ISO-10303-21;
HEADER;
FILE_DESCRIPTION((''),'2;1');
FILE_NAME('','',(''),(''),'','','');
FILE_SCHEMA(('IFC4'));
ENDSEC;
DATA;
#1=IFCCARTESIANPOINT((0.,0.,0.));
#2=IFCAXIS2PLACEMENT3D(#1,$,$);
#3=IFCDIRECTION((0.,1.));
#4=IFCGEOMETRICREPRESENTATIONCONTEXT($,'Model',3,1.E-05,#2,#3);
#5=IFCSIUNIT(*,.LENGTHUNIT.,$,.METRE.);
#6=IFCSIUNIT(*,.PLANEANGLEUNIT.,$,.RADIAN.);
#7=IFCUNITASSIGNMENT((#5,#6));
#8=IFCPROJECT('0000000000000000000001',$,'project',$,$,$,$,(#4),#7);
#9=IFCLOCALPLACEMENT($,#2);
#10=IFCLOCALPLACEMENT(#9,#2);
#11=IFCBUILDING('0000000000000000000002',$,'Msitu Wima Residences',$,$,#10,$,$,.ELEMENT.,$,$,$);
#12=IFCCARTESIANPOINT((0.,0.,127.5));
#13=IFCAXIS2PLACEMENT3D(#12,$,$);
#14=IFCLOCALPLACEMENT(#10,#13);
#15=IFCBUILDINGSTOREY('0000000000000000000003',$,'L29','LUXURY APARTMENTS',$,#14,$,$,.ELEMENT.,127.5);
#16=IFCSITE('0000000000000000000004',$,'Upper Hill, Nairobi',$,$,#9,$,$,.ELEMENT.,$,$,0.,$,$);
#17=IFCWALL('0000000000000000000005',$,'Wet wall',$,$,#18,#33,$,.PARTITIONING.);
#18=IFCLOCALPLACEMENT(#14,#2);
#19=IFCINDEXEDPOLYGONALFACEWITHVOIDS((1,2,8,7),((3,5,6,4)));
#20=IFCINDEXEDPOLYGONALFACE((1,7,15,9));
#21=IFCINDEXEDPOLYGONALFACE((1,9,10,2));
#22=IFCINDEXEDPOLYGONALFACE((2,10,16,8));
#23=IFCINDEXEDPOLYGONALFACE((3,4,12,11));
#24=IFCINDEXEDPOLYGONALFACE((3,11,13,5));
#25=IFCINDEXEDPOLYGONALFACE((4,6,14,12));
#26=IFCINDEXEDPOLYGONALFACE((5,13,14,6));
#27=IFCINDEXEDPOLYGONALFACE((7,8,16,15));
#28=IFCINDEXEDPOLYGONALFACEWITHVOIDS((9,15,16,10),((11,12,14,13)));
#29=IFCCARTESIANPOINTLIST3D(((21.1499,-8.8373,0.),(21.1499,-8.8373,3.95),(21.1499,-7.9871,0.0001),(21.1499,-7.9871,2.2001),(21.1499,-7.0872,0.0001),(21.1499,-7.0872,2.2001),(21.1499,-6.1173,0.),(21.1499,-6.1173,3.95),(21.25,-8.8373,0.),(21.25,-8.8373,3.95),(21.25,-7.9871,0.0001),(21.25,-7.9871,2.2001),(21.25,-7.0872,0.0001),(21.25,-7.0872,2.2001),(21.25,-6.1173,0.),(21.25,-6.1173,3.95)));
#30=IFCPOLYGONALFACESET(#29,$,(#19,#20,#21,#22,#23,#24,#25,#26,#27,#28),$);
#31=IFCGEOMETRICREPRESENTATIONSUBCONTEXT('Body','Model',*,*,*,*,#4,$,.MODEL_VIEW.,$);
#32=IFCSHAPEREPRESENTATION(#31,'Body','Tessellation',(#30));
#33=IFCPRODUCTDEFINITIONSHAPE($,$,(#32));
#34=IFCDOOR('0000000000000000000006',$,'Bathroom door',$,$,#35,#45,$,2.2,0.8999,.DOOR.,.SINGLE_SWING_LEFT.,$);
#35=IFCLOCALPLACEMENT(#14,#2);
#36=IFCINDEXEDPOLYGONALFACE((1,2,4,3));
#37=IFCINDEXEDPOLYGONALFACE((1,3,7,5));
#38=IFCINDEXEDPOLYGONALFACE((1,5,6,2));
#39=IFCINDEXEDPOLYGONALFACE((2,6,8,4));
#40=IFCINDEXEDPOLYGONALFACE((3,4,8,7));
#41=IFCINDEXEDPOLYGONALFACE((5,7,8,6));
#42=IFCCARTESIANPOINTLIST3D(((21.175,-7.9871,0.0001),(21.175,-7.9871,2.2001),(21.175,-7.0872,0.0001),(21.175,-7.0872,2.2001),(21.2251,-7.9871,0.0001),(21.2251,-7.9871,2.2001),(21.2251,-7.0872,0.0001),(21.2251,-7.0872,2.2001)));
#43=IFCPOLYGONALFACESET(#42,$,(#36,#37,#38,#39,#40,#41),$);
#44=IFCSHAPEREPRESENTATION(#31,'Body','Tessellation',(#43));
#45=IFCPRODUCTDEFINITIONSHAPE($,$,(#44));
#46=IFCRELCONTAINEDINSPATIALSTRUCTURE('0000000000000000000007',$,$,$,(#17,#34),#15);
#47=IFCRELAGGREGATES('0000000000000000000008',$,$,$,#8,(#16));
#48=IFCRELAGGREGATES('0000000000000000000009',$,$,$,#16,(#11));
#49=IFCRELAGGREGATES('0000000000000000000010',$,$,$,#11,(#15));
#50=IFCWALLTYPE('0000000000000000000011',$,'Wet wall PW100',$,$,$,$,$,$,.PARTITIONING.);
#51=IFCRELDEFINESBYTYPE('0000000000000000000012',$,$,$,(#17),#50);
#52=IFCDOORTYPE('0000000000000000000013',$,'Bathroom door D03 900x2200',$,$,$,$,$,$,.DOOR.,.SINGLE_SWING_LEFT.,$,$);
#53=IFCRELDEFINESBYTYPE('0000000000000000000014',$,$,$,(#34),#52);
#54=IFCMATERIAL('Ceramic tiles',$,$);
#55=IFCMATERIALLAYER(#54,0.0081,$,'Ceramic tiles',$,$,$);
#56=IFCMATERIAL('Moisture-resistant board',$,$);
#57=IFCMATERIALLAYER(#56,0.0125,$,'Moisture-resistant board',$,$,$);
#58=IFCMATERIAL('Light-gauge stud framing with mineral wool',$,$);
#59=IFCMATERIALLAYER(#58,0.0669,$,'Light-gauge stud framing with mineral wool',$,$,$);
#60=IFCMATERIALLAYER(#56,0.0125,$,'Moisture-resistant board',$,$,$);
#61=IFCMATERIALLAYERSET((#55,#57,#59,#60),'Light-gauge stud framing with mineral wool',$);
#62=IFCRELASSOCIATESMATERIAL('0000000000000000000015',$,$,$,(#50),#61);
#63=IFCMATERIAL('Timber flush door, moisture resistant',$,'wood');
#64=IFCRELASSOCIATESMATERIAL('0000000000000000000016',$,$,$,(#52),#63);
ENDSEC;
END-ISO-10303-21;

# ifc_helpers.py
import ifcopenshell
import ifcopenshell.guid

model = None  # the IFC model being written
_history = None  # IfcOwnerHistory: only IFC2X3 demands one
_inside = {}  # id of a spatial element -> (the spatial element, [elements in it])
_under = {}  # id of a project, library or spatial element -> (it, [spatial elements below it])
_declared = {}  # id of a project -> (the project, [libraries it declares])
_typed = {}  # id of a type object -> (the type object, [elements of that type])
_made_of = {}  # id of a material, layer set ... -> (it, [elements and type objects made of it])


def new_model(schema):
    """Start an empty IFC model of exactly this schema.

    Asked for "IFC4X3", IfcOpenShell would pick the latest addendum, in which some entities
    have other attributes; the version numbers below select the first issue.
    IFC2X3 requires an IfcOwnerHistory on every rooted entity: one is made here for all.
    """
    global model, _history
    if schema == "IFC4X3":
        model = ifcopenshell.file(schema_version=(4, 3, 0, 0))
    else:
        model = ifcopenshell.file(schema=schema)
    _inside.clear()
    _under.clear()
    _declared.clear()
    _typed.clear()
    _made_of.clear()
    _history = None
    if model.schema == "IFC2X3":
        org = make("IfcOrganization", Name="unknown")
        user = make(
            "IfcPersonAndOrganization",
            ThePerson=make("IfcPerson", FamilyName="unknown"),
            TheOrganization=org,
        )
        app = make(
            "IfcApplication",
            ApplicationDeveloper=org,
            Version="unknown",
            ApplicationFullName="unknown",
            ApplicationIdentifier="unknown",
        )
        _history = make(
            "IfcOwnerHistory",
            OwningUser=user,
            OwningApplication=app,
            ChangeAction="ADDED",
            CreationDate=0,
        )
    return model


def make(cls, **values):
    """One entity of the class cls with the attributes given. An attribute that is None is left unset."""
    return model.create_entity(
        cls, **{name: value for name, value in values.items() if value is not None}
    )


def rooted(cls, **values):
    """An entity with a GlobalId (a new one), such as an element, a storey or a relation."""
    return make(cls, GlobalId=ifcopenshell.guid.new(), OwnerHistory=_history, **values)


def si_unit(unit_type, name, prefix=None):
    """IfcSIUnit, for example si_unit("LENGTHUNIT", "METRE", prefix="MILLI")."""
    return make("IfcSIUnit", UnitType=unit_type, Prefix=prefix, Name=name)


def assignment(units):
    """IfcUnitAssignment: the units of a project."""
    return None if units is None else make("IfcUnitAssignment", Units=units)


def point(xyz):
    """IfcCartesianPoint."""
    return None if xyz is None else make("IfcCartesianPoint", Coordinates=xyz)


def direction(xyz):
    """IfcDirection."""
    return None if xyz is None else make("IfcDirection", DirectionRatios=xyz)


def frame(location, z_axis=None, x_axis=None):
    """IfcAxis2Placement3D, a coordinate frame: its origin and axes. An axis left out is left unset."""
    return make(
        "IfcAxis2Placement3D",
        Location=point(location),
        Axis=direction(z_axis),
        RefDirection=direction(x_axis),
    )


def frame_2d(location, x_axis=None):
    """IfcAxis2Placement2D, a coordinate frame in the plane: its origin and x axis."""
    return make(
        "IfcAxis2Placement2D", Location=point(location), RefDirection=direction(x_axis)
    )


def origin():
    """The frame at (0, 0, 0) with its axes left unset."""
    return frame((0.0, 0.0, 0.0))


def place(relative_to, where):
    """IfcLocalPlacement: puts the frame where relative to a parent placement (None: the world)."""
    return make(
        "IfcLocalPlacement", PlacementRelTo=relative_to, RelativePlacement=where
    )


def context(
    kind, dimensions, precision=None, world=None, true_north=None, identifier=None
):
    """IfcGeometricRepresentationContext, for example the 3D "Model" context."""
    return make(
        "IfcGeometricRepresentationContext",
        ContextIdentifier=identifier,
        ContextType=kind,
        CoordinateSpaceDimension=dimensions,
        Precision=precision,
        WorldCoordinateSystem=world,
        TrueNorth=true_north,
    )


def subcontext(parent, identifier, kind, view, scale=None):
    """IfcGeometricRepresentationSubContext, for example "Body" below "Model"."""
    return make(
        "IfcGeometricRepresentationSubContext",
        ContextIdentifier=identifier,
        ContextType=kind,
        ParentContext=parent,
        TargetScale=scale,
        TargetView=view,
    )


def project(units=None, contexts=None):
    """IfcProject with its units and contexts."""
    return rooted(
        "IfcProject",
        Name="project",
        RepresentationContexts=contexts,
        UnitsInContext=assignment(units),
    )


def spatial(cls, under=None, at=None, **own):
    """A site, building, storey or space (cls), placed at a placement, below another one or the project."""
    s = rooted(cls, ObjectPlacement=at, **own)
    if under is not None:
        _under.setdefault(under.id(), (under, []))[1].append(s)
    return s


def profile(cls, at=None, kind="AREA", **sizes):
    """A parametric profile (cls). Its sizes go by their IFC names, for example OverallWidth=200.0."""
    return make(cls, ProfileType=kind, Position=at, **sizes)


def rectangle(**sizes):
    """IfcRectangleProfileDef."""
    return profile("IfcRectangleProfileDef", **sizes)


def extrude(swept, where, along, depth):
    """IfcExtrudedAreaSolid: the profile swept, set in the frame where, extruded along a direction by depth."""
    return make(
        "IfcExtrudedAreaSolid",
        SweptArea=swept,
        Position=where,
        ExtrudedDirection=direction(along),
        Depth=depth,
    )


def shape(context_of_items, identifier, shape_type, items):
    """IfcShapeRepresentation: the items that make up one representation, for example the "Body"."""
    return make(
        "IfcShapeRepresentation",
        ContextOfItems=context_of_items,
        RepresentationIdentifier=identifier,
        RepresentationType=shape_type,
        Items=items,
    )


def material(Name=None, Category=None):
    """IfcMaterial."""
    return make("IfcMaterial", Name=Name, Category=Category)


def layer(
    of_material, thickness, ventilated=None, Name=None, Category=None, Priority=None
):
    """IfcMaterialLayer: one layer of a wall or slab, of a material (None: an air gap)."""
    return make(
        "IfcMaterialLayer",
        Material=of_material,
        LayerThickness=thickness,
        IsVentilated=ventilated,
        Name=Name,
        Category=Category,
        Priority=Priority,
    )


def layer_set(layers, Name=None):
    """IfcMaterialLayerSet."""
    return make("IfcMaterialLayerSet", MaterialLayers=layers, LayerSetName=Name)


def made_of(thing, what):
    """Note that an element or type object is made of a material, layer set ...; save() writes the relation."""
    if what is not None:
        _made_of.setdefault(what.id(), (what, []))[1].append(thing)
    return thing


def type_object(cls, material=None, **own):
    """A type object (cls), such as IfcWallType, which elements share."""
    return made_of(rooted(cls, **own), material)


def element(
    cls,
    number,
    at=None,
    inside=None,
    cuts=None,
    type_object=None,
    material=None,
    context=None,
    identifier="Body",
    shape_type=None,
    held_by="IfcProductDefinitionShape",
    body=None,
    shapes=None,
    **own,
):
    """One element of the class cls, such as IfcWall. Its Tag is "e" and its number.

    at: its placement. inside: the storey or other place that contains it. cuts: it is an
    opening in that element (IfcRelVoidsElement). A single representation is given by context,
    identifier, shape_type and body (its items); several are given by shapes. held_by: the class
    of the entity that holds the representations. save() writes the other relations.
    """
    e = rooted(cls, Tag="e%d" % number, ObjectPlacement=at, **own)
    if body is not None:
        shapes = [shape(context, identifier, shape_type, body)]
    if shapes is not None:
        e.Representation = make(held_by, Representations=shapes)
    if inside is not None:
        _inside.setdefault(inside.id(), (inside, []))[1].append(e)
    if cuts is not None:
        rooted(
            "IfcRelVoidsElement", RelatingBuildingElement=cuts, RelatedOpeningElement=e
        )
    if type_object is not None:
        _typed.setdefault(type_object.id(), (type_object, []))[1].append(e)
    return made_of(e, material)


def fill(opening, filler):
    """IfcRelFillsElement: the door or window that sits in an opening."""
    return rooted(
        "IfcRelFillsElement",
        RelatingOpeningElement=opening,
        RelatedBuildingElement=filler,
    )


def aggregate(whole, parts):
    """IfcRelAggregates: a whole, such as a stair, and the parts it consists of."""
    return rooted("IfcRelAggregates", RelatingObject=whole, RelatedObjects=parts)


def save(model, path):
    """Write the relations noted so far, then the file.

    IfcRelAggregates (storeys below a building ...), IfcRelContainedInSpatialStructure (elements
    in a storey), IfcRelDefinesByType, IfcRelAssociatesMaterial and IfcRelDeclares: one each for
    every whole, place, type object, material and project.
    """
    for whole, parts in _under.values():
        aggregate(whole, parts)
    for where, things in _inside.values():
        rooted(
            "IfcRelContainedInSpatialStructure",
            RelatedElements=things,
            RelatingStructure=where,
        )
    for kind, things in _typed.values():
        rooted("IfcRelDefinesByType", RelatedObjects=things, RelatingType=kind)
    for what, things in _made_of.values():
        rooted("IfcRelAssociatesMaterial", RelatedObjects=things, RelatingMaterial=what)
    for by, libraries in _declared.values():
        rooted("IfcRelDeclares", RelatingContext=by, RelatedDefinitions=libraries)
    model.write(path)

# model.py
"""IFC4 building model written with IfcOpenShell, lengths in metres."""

from ifc_helpers import new_model, si_unit, direction, frame, frame_2d, origin, place, context, subcontext, project, spatial, rectangle, extrude, material, layer, layer_set, type_object, element, fill, save


model = new_model("IFC4")

# Units and contexts
model_context = context("Model", 3, precision=1e-05, world=origin(), true_north=direction((0.0, 1.0)))
body_context = subcontext(model_context, "Body", "Model", "MODEL_VIEW")
ifc_project = project(units=[si_unit("LENGTHUNIT", "METRE"), si_unit("PLANEANGLEUNIT", "RADIAN")], contexts=[model_context])

# Site, building, storey
site_placement = place(None, origin())
site = spatial("IfcSite", under=ifc_project, at=site_placement, Name="Upper Hill, Nairobi", CompositionType="ELEMENT", RefElevation=0.0)
building_placement = place(site_placement, origin())
building = spatial("IfcBuilding", under=site, at=building_placement, Name="Msitu Wima Residences", CompositionType="ELEMENT")
storey_placement = place(building_placement, frame((0.0, 0.0, 127.5)))
storey = spatial("IfcBuildingStorey", under=building, at=storey_placement, Name="L29", Description="LUXURY APARTMENTS", CompositionType="ELEMENT", Elevation=127.5)

# Shared definitions
ifc_material_1 = material(Name="Ceramic tiles")
ifc_layer_1 = layer(ifc_material_1, 0.0081, Name="Ceramic tiles")
ifc_material_2 = material(Name="Moisture-resistant board")
ifc_layer_2 = layer(ifc_material_2, 0.0125, Name="Moisture-resistant board")
ifc_material_3 = material(Name="Light-gauge stud framing with mineral wool")
ifc_layer_3 = layer(ifc_material_3, 0.0669, Name="Light-gauge stud framing with mineral wool")
ifc_layer_4 = layer(ifc_material_2, 0.0125, Name="Moisture-resistant board")
ifc_layer_set_1 = layer_set([ifc_layer_1, ifc_layer_2, ifc_layer_3, ifc_layer_4], Name="Light-gauge stud framing with mineral wool")
wall_type_1 = type_object("IfcWallType", Name="Wet wall PW100", PredefinedType="PARTITIONING", material=ifc_layer_set_1)
ifc_material_4 = material(Name="Timber flush door, moisture resistant", Category="wood")
door_type_1 = type_object("IfcDoorType", Name="Bathroom door D03 900x2200", OperationType="SINGLE_SWING_LEFT", PredefinedType="DOOR", material=ifc_material_4)

# Wall, opening, door
wall_1_placement = place(storey_placement, frame((21.2, -8.8372, 0.0), z_axis=(0.0, 0.0, 1.0), x_axis=(0.0, 1.0, 0.0)))
wall_1 = element("IfcWall", 1, at=wall_1_placement, inside=storey, type_object=wall_type_1, Name="Wet wall", PredefinedType="PARTITIONING", context=body_context, shape_type="SweptSolid", body=[
    extrude(rectangle(XDim=2.72, YDim=0.1001, at=frame_2d((1.3599, 0.0))), origin(), (0.0, 0.0, 1.0), 3.95),
])
opening_1_placement = place(wall_1_placement, frame((0.8501, 0.0, 0.0)))
opening_1 = element("IfcOpeningElement", 2, at=opening_1_placement, cuts=wall_1, PredefinedType="OPENING", context=body_context, shape_type="SweptSolid", body=[
    extrude(rectangle(XDim=0.8999, YDim=2.2, at=frame_2d((0.45, 1.1001))), frame((0.0, 0.0601, 0.0), z_axis=(0.0, -1.0, 0.0), x_axis=(1.0, 0.0, 0.0)), (0.0, 0.0, 1.0), 0.1201),
])
door_1_placement = place(opening_1_placement, origin())
door_1 = element("IfcDoor", 3, at=door_1_placement, inside=storey, type_object=door_type_1, Name="Bathroom door", OperationType="SINGLE_SWING_LEFT", OverallHeight=2.2, OverallWidth=0.8999, PredefinedType="DOOR", context=body_context, shape_type="SweptSolid", body=[
    extrude(rectangle(XDim=0.8999, YDim=2.2, at=frame_2d((0.45, 1.1001))), frame((0.0, 0.0249, 0.0), z_axis=(0.0, -1.0, 0.0), x_axis=(1.0, 0.0, 0.0)), (0.0, 0.0, 1.0), 0.05),
])
fill(opening_1, door_1)

save(model, "model.ifc")
